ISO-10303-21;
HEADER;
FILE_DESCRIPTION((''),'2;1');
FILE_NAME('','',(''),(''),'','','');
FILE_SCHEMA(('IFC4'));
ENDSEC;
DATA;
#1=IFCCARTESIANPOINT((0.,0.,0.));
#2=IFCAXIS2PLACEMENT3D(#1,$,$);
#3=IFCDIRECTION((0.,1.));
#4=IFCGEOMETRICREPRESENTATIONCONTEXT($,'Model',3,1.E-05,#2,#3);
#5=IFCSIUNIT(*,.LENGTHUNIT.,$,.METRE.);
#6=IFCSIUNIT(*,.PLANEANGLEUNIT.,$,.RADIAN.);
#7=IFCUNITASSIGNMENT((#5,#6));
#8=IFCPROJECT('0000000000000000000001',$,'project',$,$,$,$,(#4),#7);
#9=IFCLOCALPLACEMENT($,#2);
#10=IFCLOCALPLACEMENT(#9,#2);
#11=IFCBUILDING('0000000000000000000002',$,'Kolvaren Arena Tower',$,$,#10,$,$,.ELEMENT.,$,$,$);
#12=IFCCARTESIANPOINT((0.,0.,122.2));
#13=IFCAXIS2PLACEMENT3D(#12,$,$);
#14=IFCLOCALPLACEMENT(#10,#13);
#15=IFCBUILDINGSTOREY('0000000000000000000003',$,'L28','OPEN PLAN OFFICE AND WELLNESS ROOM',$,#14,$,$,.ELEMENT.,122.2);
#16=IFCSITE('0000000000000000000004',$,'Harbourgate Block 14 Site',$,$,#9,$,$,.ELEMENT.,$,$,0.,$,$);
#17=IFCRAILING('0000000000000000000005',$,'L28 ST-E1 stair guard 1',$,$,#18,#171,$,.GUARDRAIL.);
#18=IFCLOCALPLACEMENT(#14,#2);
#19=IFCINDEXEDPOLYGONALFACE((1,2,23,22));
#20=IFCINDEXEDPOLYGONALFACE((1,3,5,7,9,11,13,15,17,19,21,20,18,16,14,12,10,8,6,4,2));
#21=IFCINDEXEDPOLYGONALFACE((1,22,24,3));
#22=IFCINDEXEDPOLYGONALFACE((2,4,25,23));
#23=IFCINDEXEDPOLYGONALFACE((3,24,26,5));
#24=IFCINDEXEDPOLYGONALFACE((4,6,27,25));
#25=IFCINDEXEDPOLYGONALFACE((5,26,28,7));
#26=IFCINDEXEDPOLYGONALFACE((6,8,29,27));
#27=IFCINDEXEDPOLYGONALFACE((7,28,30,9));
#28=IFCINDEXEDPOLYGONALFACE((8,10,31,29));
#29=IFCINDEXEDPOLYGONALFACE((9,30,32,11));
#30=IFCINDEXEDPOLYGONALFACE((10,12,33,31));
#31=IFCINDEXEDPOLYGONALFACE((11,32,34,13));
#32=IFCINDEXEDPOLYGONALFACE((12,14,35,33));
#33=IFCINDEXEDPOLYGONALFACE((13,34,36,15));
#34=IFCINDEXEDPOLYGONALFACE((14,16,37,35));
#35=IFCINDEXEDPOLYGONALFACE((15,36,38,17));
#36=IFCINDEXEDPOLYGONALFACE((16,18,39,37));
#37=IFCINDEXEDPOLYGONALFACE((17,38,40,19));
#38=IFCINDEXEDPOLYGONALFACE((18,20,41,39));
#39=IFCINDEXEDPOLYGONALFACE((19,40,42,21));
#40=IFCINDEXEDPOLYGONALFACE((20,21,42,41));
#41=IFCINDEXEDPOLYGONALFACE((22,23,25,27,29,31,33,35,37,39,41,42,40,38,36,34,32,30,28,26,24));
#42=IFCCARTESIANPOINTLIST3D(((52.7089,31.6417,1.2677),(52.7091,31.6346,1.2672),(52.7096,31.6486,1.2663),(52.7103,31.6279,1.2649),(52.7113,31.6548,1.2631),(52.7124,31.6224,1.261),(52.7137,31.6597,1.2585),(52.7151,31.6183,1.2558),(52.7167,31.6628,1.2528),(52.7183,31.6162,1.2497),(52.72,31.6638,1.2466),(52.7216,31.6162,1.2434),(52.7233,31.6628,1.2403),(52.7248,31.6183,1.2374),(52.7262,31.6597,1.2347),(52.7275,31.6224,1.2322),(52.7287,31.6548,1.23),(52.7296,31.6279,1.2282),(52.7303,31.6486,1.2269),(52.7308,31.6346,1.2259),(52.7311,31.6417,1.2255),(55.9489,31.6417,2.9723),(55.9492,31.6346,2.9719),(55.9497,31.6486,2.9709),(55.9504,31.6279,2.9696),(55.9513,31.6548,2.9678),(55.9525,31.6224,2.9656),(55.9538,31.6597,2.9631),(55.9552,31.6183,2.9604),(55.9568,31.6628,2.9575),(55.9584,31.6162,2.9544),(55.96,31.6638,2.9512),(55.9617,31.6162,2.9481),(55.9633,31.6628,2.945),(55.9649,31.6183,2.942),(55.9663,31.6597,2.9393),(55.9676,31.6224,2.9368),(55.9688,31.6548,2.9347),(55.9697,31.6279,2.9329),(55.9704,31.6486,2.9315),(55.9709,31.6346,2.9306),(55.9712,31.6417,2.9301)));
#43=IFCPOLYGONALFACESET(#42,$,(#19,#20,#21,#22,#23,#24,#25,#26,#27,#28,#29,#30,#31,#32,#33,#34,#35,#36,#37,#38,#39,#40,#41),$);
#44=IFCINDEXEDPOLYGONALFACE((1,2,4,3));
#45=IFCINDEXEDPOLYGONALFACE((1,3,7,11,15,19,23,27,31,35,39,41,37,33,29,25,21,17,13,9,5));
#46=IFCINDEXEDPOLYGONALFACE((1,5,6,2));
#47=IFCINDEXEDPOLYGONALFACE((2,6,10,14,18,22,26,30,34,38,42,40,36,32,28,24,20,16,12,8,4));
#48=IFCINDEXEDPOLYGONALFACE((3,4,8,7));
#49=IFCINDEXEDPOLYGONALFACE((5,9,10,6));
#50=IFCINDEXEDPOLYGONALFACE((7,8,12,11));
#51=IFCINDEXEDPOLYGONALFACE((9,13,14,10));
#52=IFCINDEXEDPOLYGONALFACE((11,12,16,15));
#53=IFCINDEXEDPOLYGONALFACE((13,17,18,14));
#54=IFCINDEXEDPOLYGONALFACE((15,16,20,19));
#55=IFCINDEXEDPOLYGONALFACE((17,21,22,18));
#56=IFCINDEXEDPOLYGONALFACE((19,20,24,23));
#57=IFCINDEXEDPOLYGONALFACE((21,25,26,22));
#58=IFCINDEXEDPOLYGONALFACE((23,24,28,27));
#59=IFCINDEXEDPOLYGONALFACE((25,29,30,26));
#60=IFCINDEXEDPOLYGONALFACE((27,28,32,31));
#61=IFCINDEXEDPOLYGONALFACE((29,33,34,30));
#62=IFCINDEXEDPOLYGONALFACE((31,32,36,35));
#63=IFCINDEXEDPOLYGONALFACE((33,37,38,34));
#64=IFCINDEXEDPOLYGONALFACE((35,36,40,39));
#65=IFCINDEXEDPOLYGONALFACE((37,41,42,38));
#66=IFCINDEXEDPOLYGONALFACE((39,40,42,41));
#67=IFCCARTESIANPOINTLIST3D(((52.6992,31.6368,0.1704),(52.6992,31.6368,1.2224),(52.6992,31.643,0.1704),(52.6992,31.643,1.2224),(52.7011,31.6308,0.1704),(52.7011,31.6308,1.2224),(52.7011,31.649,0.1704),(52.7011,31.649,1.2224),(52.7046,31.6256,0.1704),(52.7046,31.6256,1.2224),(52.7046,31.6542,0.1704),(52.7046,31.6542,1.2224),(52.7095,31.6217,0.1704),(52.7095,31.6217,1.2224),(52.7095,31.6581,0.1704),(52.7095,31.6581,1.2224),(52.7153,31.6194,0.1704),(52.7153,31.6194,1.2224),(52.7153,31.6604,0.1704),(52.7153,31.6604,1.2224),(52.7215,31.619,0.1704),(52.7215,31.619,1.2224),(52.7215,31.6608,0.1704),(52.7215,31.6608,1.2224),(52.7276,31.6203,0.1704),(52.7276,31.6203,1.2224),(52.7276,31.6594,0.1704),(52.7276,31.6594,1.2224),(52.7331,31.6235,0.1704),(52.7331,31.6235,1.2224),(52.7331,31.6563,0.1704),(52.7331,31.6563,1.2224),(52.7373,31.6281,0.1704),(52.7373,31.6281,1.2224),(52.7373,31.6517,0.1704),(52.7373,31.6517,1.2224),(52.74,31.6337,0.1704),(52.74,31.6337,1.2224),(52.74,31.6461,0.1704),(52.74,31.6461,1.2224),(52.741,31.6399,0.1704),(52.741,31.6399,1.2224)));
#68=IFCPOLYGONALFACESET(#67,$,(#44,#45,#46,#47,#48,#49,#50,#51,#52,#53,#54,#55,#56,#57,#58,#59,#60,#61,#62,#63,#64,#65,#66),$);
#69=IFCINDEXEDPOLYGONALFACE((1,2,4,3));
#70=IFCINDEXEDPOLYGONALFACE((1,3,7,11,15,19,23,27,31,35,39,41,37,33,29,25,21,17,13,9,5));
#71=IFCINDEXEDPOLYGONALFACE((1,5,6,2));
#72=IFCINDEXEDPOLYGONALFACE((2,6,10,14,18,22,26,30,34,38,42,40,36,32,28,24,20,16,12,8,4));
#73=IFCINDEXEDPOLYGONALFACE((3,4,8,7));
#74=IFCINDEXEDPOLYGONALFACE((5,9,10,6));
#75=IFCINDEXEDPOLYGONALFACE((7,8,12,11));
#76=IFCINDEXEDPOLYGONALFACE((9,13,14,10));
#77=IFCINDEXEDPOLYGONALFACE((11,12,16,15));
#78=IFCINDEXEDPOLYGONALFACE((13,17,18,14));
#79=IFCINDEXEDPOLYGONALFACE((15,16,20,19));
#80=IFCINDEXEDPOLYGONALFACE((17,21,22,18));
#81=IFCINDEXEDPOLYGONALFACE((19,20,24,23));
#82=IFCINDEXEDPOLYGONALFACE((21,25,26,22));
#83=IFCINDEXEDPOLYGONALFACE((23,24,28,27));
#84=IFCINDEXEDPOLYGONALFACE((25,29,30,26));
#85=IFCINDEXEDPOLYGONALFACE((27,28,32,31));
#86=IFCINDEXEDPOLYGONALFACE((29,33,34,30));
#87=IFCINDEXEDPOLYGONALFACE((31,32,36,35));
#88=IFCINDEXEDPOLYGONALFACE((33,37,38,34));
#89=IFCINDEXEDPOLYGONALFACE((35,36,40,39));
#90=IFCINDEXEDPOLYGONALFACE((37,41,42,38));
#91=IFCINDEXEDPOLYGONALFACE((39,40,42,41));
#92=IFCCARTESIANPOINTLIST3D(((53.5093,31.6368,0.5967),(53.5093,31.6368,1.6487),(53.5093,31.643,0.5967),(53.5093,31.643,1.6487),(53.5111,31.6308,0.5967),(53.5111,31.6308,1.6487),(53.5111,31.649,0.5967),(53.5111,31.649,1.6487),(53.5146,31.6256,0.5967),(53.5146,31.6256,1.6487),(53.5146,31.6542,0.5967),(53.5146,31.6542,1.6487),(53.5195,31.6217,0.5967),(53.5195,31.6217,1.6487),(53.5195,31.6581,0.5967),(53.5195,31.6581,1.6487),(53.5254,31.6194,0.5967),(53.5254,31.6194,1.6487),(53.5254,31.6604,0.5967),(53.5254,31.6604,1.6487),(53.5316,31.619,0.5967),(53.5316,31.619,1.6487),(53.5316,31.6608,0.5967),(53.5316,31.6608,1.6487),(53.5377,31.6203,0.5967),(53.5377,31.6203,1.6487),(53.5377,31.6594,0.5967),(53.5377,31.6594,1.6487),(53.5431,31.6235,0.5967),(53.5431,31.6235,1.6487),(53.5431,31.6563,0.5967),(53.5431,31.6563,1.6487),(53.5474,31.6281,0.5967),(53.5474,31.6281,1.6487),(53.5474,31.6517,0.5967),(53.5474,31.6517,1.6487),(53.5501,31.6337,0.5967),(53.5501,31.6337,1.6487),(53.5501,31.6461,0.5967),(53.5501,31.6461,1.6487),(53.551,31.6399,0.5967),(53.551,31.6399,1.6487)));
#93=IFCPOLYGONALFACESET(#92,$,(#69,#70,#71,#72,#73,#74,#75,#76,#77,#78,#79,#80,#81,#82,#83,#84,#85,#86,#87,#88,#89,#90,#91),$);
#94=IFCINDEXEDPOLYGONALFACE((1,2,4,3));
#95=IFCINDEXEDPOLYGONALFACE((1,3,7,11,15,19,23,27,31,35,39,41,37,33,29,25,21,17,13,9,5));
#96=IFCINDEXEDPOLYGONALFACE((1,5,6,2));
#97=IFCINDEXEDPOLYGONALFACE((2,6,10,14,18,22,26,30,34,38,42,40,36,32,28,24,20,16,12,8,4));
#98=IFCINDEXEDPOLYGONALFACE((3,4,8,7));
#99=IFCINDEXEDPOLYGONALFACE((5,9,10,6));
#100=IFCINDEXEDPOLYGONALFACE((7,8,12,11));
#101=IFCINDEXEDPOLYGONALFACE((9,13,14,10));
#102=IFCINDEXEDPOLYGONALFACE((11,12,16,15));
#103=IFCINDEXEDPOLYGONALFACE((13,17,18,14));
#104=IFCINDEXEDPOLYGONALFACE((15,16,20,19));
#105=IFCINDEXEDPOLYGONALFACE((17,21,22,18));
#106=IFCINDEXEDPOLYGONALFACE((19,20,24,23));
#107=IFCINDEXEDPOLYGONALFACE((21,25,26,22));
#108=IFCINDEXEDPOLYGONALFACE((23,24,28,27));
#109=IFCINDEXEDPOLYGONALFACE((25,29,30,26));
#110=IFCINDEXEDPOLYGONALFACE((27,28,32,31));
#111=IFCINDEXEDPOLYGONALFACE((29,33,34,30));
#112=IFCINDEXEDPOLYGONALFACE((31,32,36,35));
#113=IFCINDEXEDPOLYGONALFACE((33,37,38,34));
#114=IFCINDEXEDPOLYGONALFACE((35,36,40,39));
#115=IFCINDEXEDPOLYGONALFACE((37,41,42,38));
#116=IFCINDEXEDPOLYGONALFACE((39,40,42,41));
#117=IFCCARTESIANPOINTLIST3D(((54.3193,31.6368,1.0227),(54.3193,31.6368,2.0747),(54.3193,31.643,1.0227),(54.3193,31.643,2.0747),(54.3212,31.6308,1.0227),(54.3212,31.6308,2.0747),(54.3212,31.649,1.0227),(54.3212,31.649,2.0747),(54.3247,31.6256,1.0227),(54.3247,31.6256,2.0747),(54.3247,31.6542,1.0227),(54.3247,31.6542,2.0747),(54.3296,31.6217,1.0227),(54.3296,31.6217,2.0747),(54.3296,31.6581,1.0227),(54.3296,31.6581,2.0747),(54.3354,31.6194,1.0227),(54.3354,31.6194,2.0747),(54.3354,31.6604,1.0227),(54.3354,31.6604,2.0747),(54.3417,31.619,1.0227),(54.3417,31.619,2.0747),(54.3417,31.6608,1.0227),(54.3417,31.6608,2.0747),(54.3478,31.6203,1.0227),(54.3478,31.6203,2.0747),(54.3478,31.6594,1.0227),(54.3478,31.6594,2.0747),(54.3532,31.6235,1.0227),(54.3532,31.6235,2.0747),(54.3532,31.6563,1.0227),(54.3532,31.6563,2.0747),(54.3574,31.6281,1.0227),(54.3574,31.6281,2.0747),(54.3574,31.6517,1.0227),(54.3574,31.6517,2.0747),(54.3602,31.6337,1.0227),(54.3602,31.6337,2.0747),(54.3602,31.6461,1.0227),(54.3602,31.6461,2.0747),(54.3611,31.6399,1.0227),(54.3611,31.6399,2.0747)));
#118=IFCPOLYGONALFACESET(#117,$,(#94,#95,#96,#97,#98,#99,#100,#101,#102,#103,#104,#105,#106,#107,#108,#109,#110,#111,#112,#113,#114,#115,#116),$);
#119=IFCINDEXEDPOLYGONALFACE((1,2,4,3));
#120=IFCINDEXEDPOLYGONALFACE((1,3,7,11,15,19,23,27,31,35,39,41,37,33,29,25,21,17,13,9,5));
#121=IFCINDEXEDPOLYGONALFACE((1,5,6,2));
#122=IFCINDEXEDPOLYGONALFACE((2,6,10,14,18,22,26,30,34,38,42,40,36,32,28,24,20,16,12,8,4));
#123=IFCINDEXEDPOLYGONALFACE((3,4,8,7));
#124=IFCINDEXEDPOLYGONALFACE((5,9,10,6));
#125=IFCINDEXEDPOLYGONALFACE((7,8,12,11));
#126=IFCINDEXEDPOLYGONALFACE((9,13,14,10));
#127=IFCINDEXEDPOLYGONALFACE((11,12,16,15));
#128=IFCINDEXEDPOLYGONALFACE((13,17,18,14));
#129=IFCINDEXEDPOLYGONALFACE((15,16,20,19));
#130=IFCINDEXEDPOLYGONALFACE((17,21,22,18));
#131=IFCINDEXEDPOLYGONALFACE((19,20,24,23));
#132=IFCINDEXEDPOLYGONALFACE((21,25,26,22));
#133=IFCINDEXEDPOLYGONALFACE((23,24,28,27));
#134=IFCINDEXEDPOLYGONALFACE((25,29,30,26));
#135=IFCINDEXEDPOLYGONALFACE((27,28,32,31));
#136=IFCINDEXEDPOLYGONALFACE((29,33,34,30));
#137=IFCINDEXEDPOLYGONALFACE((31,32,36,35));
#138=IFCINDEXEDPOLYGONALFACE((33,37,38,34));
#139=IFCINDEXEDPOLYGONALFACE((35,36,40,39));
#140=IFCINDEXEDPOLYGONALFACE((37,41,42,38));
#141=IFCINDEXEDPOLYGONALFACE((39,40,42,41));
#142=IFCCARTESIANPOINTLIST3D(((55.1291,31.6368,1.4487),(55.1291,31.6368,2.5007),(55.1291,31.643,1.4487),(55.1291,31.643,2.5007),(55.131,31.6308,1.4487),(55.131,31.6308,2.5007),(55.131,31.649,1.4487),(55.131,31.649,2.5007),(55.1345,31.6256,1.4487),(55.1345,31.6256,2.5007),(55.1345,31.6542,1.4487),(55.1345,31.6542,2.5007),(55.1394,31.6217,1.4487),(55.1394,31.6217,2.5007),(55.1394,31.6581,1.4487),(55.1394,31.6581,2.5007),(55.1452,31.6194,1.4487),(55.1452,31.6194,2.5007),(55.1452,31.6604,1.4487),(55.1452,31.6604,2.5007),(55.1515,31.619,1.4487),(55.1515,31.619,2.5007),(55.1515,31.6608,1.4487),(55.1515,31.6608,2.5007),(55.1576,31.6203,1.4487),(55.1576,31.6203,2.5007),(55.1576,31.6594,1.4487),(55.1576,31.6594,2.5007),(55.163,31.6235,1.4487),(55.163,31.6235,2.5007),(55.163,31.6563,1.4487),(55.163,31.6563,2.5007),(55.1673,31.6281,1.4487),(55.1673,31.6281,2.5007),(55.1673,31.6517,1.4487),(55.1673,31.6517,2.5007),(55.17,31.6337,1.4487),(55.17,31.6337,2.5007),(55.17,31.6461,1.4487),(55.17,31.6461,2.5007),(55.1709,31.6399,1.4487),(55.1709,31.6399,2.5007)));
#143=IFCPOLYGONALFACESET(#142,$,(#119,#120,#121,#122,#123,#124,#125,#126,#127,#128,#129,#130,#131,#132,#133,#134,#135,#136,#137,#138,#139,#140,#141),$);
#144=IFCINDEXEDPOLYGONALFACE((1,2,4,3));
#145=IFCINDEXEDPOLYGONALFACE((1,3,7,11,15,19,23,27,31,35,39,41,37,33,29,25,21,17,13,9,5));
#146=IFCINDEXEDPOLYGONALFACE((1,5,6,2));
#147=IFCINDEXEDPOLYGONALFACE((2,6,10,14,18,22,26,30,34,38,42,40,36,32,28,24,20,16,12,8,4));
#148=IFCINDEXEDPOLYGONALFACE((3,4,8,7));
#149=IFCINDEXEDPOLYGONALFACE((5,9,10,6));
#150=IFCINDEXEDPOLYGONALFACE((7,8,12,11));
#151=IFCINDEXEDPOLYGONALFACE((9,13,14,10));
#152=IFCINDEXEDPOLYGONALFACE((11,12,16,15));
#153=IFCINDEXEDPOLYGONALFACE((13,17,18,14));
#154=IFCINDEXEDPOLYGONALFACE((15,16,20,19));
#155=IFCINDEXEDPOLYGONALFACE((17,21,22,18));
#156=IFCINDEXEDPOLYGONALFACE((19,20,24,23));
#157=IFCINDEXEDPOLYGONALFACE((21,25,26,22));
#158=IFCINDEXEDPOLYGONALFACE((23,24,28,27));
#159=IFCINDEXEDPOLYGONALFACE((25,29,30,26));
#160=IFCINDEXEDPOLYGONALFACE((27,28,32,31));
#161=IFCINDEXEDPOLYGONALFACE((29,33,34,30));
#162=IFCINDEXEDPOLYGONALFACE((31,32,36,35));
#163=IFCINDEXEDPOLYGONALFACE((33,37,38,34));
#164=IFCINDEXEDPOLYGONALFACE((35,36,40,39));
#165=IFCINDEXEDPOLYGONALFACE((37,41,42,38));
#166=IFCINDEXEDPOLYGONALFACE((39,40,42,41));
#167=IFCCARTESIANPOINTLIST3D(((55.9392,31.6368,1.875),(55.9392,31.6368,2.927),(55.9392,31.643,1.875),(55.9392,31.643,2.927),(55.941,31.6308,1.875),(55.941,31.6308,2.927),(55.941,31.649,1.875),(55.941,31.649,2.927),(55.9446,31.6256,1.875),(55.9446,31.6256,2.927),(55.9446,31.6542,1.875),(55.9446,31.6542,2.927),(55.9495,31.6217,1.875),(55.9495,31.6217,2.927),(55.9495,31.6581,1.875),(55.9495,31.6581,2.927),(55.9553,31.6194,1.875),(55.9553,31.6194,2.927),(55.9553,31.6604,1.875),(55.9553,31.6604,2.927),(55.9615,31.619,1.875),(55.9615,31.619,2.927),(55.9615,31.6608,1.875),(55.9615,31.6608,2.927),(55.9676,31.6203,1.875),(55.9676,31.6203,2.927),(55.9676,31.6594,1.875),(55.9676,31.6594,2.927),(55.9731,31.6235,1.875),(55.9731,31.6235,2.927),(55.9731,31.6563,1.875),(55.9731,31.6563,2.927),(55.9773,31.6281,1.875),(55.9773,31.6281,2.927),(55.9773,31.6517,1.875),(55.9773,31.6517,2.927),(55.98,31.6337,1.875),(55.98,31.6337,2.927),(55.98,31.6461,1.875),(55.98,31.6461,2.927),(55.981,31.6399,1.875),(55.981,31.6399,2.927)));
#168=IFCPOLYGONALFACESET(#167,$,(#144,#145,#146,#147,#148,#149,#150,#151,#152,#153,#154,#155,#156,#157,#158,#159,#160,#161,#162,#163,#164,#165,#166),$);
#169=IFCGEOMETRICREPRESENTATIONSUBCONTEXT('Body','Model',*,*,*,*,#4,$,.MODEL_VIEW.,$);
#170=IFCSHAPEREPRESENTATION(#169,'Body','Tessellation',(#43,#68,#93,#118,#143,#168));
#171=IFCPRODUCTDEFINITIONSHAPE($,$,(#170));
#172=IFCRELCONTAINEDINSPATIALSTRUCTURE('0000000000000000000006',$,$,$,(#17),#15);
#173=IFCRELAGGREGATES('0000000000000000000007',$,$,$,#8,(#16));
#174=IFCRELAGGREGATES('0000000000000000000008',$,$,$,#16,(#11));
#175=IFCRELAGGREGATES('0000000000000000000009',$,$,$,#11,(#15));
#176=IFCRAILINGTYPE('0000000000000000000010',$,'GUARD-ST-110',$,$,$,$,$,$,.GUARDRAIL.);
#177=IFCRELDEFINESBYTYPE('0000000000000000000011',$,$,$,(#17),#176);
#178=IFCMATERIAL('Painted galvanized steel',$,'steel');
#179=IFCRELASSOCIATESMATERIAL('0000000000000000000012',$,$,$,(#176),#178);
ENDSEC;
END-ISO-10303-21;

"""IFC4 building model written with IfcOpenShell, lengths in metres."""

from ifc_helpers import new_model, si_unit, direction, frame, origin, origin_2d, place, context, subcontext, project, spatial, circle, extrude, material, type_object, element, save


model = new_model("IFC4")

# Units and contexts
model_context = context("Model", 3, precision=1e-05, world=origin(), true_north=direction((0.0, 1.0)))
body_context = subcontext(model_context, "Body", "Model", "MODEL_VIEW")
ifc_project = project(units=[si_unit("LENGTHUNIT", "METRE"), si_unit("PLANEANGLEUNIT", "RADIAN")], contexts=[model_context])

# Site, building, storey
site_placement = place(None, origin())
site = spatial("IfcSite", under=ifc_project, at=site_placement, Name="Harbourgate Block 14 Site", CompositionType="ELEMENT", RefElevation=0.0)
building_placement = place(site_placement, origin())
building = spatial("IfcBuilding", under=site, at=building_placement, Name="Kolvaren Arena Tower", CompositionType="ELEMENT")
storey_placement = place(building_placement, frame((0.0, 0.0, 122.2)))
storey = spatial("IfcBuildingStorey", under=building, at=storey_placement, Name="L28", Description="OPEN PLAN OFFICE AND WELLNESS ROOM", CompositionType="ELEMENT", Elevation=122.2)

# Railing
ifc_material_1 = material(Name="Painted galvanized steel", Category="steel")
railing_type_1 = type_object("IfcRailingType", Name="GUARD-ST-110", PredefinedType="GUARDRAIL", material=ifc_material_1)
railing_1_placement = place(storey_placement, frame((52.72, 31.6399, 0.1704)))
element("IfcRailing", 1, at=railing_1_placement, inside=storey, type_object=railing_type_1, Name="L28 ST-E1 stair guard 1", PredefinedType="GUARDRAIL", context=body_context, shape_type="SweptSolid", body=[
    extrude(circle(Radius=0.0239, at=origin_2d()), frame((0.0, 0.0, 1.0762), z_axis=(0.884993, 0.0, 0.465604), x_axis=(0.0, 1.0, 0.0)), (0.0, 0.0, 1.0), 3.6611),
    extrude(circle(Radius=0.021, at=origin_2d()), origin(), (0.0, 0.0, 1.0), 1.052),
    extrude(circle(Radius=0.021, at=origin_2d()), frame((0.8101, 0.0, 0.4263)), (0.0, 0.0, 1.0), 1.052),
    extrude(circle(Radius=0.021, at=origin_2d()), frame((1.6201, 0.0, 0.8523)), (0.0, 0.0, 1.0), 1.052),
    extrude(circle(Radius=0.021, at=origin_2d()), frame((2.4299, 0.0, 1.2783)), (0.0, 0.0, 1.0), 1.052),
    extrude(circle(Radius=0.021, at=origin_2d()), frame((3.24, 0.0, 1.7046)), (0.0, 0.0, 1.0), 1.052),
])

save(model, "model.ifc")
